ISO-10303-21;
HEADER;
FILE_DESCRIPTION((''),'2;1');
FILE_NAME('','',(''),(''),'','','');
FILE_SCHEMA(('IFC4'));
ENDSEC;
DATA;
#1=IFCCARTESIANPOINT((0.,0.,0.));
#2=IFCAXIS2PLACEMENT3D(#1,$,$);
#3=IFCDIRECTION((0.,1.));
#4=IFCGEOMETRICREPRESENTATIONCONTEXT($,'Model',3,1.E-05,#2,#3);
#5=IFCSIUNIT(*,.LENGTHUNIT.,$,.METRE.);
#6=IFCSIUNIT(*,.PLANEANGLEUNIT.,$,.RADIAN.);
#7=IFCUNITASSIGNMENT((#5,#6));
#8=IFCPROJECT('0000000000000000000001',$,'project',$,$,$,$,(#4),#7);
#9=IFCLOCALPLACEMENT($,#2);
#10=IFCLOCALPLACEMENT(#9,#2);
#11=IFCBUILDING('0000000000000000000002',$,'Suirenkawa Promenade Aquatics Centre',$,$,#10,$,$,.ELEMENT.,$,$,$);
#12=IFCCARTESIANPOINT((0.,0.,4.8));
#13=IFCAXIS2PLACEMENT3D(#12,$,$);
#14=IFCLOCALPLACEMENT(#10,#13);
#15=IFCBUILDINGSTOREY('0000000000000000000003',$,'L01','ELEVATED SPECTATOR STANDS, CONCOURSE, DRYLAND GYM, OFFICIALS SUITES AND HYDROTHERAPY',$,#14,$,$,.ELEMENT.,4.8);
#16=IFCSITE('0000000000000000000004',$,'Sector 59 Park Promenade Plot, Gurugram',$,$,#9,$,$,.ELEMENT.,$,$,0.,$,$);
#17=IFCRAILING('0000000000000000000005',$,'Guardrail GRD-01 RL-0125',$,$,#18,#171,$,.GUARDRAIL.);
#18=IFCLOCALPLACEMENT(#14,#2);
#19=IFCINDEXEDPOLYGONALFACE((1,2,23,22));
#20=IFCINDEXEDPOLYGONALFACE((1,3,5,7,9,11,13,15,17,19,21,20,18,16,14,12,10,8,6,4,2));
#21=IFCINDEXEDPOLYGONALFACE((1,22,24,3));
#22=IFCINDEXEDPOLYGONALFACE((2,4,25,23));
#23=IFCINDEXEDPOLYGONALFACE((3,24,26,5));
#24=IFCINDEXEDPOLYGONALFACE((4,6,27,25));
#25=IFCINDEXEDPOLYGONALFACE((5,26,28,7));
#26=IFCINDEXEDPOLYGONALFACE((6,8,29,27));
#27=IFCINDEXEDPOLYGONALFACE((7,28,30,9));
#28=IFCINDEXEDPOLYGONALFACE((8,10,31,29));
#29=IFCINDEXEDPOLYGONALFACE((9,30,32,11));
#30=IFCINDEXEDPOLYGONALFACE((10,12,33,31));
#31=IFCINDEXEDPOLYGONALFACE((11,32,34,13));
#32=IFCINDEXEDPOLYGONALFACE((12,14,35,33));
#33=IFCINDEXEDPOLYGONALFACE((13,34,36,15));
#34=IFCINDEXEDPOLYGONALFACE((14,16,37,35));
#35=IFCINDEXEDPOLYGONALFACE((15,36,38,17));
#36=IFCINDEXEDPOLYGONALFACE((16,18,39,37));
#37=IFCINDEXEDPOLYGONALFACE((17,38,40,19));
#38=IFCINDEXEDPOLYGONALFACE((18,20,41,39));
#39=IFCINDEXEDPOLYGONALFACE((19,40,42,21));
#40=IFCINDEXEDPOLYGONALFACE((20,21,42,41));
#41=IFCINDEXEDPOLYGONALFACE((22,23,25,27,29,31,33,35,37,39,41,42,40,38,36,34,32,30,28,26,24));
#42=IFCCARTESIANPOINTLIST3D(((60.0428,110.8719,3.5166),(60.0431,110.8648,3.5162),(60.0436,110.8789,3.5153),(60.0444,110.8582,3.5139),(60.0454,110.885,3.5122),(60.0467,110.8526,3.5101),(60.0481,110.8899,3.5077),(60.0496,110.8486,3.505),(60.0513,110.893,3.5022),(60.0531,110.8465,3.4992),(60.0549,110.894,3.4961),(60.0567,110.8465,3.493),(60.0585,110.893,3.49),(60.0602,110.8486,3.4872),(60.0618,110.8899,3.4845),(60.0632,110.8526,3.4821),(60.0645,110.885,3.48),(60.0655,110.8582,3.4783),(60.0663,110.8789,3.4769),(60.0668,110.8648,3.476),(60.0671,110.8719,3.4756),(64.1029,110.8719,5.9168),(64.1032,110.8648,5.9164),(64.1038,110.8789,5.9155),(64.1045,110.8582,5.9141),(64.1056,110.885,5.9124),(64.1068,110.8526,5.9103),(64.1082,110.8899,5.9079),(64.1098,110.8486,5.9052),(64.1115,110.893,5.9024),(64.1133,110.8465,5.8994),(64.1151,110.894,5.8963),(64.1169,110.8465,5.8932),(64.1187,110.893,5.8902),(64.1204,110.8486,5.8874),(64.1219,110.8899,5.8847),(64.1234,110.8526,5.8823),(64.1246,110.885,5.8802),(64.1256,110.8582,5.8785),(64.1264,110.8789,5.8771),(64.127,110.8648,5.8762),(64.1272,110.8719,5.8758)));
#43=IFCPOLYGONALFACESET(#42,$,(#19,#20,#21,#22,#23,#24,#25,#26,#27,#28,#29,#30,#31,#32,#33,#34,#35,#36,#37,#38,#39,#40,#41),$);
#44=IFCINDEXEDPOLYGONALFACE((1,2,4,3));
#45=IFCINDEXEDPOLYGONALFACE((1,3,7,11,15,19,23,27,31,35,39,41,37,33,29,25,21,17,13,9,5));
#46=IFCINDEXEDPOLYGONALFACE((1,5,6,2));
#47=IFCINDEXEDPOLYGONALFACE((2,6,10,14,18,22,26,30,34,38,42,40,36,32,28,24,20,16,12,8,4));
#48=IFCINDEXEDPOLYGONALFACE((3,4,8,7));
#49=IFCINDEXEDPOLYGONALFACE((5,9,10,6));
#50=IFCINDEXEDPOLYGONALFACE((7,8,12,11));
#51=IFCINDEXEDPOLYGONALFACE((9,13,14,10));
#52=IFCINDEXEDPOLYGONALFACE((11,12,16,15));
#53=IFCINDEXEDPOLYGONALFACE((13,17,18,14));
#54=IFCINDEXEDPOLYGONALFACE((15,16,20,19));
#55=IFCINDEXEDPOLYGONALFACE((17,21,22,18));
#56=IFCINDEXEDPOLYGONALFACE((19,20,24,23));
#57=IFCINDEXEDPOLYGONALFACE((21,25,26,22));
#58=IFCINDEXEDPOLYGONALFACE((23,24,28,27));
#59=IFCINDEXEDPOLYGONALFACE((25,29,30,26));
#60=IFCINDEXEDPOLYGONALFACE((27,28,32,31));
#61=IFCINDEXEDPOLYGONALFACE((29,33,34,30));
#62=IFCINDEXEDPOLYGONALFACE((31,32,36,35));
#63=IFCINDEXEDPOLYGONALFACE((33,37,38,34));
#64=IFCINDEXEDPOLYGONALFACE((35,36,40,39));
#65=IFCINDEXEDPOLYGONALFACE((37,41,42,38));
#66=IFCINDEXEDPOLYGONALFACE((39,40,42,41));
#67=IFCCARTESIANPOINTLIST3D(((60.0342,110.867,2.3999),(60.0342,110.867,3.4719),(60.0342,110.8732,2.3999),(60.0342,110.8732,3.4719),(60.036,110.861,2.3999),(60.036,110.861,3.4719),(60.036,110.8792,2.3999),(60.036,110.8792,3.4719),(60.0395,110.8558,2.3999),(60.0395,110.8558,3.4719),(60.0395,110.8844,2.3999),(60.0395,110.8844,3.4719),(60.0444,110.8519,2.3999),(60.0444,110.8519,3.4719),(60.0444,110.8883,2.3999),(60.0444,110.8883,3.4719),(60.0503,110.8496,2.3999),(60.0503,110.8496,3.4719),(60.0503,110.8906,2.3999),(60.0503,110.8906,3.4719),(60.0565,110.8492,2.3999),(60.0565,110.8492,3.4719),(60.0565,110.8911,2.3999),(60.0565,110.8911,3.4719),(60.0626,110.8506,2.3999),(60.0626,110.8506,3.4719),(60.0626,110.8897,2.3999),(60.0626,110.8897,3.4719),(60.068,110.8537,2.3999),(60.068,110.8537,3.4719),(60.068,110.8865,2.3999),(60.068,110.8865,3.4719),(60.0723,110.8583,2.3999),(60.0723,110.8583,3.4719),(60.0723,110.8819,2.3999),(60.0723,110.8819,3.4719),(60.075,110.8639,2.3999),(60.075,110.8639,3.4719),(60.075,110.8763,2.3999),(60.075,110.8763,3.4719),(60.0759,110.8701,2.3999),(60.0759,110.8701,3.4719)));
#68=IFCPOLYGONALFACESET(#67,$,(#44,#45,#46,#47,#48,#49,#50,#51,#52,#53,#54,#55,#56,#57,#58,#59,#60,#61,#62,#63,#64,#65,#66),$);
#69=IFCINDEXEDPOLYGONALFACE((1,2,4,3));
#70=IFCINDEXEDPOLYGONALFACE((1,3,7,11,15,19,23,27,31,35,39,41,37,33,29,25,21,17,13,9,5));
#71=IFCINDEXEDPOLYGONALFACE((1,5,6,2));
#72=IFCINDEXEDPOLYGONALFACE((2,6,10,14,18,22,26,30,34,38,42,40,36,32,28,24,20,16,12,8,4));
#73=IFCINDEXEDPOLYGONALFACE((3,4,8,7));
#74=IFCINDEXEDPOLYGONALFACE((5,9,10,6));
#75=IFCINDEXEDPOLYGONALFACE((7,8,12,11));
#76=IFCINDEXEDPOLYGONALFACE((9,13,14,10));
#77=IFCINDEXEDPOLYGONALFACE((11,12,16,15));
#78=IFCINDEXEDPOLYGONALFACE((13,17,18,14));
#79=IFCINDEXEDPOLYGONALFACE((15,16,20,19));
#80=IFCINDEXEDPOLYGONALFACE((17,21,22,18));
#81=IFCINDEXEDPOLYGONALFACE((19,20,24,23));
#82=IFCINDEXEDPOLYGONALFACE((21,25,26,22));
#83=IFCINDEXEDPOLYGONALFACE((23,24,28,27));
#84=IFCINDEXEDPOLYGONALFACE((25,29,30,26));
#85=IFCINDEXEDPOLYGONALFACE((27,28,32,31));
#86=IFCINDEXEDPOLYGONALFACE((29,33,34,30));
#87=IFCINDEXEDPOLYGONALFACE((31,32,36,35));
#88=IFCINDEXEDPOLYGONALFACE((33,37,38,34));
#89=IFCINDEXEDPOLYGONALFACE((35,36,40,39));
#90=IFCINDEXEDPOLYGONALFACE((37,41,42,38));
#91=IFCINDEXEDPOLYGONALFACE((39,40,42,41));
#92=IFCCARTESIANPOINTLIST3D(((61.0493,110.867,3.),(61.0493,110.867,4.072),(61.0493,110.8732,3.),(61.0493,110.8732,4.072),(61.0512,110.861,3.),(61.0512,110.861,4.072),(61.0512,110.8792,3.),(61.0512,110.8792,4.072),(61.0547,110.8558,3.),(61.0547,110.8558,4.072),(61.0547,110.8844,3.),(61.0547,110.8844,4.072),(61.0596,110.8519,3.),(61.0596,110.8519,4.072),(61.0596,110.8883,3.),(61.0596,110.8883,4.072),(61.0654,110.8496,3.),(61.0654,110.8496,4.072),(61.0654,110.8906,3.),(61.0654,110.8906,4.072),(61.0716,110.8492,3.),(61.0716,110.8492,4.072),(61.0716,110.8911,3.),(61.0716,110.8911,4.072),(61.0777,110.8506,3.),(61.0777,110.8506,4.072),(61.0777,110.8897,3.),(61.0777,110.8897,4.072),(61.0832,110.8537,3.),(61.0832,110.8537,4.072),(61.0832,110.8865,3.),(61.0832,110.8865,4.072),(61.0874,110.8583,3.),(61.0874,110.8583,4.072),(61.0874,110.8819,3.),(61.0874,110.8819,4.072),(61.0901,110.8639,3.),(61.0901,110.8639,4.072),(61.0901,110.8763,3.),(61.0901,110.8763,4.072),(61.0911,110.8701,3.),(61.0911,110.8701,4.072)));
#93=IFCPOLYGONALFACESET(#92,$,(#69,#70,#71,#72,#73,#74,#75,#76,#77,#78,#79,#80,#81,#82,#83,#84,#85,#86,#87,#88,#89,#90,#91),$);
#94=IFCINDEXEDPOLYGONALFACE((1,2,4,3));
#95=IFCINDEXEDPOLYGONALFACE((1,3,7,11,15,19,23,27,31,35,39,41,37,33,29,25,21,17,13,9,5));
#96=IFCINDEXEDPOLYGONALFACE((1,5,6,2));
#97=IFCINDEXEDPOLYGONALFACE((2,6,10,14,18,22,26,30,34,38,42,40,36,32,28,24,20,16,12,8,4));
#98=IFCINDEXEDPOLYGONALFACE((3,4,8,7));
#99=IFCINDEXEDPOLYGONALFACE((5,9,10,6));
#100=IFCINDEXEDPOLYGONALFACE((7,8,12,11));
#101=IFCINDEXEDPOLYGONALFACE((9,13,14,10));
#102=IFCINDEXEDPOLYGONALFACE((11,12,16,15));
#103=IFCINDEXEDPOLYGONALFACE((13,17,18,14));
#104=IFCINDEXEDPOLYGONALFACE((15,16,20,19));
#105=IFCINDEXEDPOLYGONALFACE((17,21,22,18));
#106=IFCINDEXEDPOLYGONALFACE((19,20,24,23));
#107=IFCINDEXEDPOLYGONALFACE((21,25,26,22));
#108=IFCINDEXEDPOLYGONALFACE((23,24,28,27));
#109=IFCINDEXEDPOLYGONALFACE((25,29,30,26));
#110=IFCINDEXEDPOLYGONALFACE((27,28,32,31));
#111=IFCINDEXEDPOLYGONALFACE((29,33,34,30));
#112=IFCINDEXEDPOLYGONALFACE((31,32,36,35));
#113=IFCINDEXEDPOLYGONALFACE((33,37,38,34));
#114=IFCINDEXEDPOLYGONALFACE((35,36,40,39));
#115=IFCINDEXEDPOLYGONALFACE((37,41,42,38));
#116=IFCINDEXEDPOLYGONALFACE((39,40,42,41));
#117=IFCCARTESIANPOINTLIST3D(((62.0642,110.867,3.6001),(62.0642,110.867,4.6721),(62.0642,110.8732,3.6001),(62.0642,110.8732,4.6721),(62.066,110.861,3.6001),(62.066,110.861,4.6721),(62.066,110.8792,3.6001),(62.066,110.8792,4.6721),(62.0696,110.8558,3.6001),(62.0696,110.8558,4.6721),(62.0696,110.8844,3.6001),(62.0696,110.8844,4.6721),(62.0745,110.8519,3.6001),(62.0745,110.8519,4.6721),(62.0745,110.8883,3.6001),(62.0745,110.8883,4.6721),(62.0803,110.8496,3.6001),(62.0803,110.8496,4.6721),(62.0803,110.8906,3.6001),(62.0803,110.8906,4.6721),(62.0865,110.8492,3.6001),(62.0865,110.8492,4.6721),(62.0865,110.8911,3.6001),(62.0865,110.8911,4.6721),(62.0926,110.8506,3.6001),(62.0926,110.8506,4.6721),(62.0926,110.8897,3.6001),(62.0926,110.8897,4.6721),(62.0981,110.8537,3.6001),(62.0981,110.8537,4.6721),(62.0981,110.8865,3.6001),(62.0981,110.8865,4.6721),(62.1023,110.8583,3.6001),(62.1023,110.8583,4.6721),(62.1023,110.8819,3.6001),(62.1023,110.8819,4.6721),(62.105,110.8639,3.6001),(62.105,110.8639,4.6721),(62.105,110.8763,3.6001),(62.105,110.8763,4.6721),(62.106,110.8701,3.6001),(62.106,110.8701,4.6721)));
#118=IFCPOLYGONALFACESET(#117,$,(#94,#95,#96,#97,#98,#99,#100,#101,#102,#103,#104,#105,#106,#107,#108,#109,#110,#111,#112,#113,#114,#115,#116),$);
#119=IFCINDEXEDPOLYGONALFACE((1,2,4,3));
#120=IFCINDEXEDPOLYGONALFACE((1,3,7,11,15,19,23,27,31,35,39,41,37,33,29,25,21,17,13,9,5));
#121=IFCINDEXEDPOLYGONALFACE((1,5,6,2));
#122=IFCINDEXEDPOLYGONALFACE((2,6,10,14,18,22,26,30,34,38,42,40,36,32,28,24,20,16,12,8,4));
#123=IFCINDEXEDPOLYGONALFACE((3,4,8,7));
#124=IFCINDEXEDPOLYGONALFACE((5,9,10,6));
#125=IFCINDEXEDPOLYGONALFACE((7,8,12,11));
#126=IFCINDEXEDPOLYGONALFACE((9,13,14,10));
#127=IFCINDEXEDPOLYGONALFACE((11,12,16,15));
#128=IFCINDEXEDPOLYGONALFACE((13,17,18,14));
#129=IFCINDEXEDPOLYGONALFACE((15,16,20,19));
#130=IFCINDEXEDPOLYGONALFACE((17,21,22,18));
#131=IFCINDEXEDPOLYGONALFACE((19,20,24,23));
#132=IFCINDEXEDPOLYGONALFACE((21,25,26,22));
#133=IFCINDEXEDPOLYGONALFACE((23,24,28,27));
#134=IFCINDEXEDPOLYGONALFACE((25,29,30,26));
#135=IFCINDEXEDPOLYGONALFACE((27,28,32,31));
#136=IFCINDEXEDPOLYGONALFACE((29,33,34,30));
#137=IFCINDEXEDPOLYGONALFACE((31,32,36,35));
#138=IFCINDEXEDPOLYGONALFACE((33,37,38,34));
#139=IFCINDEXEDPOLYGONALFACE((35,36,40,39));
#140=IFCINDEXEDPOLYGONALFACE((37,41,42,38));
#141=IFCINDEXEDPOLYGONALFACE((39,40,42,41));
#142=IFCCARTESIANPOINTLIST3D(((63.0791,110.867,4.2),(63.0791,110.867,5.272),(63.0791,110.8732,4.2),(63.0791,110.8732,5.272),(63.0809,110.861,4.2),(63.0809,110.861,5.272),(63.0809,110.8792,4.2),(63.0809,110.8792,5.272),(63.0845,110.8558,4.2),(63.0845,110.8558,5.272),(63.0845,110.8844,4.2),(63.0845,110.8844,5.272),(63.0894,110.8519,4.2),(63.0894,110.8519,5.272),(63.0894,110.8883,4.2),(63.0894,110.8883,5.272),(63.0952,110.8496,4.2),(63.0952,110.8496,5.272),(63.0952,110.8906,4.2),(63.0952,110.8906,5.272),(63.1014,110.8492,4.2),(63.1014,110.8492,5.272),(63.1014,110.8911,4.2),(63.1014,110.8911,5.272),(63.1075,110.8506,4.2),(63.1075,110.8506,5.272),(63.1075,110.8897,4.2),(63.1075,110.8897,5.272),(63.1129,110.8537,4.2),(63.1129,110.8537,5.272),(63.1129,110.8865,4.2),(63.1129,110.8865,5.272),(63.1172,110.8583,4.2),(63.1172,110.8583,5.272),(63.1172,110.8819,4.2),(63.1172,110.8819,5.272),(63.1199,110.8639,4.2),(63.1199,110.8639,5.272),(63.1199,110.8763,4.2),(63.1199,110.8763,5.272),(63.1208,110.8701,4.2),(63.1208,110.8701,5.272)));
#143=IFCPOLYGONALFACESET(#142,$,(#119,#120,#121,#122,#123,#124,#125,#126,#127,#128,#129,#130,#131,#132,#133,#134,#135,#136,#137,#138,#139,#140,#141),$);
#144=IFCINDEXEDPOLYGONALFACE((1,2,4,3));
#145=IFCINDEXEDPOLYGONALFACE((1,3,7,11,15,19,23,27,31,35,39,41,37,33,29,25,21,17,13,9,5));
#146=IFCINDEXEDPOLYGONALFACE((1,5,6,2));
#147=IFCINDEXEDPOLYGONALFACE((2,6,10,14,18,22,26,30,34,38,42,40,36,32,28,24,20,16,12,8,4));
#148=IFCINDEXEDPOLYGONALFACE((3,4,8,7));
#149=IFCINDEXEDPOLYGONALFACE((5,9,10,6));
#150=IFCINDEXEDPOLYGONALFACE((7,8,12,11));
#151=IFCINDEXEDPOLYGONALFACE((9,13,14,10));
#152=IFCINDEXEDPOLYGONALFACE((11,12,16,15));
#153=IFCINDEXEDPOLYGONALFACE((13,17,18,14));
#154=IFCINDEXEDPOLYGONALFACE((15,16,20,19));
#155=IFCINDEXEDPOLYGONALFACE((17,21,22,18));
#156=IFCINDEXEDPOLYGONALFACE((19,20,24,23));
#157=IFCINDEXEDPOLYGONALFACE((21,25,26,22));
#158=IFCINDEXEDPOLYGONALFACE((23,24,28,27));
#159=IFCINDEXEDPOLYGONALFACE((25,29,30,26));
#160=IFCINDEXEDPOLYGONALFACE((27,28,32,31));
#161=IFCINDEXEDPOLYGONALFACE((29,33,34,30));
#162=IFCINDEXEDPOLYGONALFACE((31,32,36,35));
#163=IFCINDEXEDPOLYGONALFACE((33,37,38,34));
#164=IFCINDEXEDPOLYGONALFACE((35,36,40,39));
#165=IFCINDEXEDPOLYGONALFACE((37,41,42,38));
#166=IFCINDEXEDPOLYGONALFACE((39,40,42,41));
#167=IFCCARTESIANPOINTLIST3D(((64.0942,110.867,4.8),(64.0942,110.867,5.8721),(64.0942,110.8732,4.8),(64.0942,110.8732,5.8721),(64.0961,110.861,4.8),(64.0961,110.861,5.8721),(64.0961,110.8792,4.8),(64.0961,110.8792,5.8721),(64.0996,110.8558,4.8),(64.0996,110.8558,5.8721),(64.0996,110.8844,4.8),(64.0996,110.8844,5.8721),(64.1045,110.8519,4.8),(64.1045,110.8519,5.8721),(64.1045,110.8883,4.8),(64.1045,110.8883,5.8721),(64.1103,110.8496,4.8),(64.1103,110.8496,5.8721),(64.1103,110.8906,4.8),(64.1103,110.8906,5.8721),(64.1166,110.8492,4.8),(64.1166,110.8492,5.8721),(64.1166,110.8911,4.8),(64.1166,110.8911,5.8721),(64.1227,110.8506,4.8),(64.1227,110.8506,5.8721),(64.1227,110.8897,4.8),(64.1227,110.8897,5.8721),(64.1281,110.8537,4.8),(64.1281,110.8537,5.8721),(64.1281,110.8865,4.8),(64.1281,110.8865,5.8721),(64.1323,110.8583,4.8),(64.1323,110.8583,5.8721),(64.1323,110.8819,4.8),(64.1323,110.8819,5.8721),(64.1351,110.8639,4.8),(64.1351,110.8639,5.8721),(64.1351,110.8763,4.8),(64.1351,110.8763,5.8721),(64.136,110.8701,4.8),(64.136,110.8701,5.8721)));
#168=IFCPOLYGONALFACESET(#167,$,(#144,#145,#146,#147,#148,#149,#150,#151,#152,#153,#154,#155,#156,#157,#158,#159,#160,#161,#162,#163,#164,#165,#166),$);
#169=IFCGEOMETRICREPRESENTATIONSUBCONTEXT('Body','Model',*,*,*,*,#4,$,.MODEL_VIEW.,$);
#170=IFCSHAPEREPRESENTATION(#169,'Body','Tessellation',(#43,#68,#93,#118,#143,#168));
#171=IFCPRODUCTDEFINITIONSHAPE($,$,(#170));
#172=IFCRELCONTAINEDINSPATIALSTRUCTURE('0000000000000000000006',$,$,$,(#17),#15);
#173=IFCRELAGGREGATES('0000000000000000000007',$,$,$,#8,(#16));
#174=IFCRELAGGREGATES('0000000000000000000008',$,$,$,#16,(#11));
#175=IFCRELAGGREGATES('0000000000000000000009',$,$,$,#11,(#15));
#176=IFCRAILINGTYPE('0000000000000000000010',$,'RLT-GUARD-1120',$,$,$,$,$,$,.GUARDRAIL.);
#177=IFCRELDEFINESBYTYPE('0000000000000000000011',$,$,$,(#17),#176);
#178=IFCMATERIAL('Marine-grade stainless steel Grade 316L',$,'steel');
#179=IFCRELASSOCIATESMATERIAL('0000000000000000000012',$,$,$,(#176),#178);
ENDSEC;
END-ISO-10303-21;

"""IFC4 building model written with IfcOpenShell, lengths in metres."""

from ifc_helpers import new_model, si_unit, direction, frame, origin, origin_2d, place, context, subcontext, project, spatial, circle, extrude, material, type_object, element, save


model = new_model("IFC4")

# Units and contexts
model_context = context("Model", 3, precision=1e-05, world=origin(), true_north=direction((0.0, 1.0)))
body_context = subcontext(model_context, "Body", "Model", "MODEL_VIEW")
ifc_project = project(units=[si_unit("LENGTHUNIT", "METRE"), si_unit("PLANEANGLEUNIT", "RADIAN")], contexts=[model_context])

# Site, building, storey
site_placement = place(None, origin())
site = spatial("IfcSite", under=ifc_project, at=site_placement, Name="Sector 59 Park Promenade Plot, Gurugram", CompositionType="ELEMENT", RefElevation=0.0)
building_placement = place(site_placement, origin())
building = spatial("IfcBuilding", under=site, at=building_placement, Name="Suirenkawa Promenade Aquatics Centre", CompositionType="ELEMENT")
storey_placement = place(building_placement, frame((0.0, 0.0, 4.8)))
storey = spatial("IfcBuildingStorey", under=building, at=storey_placement, Name="L01", Description="ELEVATED SPECTATOR STANDS, CONCOURSE, DRYLAND GYM, OFFICIALS SUITES AND HYDROTHERAPY", CompositionType="ELEMENT", Elevation=4.8)

# Railing
ifc_material_1 = material(Name="Marine-grade stainless steel Grade 316L", Category="steel")
railing_type_1 = type_object("IfcRailingType", Name="RLT-GUARD-1120", PredefinedType="GUARDRAIL", material=ifc_material_1)
for number, where, name in (
    (1, (60.0549, 110.8701, 2.3999), "Guardrail GRD-01 RL-0125"),
):
    element("IfcRailing", number, at=place(storey_placement, frame(where)), inside=storey, type_object=railing_type_1, Name=name, PredefinedType="GUARDRAIL", context=body_context, shape_type="SweptSolid", body=[
        extrude(circle(Radius=0.0239, at=origin_2d()), frame((0.0, 0.0, 1.0962), z_axis=(0.860832, 0.0, 0.50889), x_axis=(0.0, 1.0, 0.0)), (0.0, 0.0, 1.0), 4.7166),
        extrude(circle(Radius=0.021, at=origin_2d()), origin(), (0.0, 0.0, 1.0), 1.072),
        extrude(circle(Radius=0.021, at=origin_2d()), frame((1.0151, 0.0, 0.6001)), (0.0, 0.0, 1.0), 1.072),
        extrude(circle(Radius=0.021, at=origin_2d()), frame((2.03, 0.0, 1.2002)), (0.0, 0.0, 1.0), 1.072),
        extrude(circle(Radius=0.021, at=origin_2d()), frame((3.0449, 0.0, 1.8)), (0.0, 0.0, 1.0), 1.072),
        extrude(circle(Radius=0.021, at=origin_2d()), frame((4.0601, 0.0, 2.4001)), (0.0, 0.0, 1.0), 1.072),
    ])

save(model, "model.ifc")
